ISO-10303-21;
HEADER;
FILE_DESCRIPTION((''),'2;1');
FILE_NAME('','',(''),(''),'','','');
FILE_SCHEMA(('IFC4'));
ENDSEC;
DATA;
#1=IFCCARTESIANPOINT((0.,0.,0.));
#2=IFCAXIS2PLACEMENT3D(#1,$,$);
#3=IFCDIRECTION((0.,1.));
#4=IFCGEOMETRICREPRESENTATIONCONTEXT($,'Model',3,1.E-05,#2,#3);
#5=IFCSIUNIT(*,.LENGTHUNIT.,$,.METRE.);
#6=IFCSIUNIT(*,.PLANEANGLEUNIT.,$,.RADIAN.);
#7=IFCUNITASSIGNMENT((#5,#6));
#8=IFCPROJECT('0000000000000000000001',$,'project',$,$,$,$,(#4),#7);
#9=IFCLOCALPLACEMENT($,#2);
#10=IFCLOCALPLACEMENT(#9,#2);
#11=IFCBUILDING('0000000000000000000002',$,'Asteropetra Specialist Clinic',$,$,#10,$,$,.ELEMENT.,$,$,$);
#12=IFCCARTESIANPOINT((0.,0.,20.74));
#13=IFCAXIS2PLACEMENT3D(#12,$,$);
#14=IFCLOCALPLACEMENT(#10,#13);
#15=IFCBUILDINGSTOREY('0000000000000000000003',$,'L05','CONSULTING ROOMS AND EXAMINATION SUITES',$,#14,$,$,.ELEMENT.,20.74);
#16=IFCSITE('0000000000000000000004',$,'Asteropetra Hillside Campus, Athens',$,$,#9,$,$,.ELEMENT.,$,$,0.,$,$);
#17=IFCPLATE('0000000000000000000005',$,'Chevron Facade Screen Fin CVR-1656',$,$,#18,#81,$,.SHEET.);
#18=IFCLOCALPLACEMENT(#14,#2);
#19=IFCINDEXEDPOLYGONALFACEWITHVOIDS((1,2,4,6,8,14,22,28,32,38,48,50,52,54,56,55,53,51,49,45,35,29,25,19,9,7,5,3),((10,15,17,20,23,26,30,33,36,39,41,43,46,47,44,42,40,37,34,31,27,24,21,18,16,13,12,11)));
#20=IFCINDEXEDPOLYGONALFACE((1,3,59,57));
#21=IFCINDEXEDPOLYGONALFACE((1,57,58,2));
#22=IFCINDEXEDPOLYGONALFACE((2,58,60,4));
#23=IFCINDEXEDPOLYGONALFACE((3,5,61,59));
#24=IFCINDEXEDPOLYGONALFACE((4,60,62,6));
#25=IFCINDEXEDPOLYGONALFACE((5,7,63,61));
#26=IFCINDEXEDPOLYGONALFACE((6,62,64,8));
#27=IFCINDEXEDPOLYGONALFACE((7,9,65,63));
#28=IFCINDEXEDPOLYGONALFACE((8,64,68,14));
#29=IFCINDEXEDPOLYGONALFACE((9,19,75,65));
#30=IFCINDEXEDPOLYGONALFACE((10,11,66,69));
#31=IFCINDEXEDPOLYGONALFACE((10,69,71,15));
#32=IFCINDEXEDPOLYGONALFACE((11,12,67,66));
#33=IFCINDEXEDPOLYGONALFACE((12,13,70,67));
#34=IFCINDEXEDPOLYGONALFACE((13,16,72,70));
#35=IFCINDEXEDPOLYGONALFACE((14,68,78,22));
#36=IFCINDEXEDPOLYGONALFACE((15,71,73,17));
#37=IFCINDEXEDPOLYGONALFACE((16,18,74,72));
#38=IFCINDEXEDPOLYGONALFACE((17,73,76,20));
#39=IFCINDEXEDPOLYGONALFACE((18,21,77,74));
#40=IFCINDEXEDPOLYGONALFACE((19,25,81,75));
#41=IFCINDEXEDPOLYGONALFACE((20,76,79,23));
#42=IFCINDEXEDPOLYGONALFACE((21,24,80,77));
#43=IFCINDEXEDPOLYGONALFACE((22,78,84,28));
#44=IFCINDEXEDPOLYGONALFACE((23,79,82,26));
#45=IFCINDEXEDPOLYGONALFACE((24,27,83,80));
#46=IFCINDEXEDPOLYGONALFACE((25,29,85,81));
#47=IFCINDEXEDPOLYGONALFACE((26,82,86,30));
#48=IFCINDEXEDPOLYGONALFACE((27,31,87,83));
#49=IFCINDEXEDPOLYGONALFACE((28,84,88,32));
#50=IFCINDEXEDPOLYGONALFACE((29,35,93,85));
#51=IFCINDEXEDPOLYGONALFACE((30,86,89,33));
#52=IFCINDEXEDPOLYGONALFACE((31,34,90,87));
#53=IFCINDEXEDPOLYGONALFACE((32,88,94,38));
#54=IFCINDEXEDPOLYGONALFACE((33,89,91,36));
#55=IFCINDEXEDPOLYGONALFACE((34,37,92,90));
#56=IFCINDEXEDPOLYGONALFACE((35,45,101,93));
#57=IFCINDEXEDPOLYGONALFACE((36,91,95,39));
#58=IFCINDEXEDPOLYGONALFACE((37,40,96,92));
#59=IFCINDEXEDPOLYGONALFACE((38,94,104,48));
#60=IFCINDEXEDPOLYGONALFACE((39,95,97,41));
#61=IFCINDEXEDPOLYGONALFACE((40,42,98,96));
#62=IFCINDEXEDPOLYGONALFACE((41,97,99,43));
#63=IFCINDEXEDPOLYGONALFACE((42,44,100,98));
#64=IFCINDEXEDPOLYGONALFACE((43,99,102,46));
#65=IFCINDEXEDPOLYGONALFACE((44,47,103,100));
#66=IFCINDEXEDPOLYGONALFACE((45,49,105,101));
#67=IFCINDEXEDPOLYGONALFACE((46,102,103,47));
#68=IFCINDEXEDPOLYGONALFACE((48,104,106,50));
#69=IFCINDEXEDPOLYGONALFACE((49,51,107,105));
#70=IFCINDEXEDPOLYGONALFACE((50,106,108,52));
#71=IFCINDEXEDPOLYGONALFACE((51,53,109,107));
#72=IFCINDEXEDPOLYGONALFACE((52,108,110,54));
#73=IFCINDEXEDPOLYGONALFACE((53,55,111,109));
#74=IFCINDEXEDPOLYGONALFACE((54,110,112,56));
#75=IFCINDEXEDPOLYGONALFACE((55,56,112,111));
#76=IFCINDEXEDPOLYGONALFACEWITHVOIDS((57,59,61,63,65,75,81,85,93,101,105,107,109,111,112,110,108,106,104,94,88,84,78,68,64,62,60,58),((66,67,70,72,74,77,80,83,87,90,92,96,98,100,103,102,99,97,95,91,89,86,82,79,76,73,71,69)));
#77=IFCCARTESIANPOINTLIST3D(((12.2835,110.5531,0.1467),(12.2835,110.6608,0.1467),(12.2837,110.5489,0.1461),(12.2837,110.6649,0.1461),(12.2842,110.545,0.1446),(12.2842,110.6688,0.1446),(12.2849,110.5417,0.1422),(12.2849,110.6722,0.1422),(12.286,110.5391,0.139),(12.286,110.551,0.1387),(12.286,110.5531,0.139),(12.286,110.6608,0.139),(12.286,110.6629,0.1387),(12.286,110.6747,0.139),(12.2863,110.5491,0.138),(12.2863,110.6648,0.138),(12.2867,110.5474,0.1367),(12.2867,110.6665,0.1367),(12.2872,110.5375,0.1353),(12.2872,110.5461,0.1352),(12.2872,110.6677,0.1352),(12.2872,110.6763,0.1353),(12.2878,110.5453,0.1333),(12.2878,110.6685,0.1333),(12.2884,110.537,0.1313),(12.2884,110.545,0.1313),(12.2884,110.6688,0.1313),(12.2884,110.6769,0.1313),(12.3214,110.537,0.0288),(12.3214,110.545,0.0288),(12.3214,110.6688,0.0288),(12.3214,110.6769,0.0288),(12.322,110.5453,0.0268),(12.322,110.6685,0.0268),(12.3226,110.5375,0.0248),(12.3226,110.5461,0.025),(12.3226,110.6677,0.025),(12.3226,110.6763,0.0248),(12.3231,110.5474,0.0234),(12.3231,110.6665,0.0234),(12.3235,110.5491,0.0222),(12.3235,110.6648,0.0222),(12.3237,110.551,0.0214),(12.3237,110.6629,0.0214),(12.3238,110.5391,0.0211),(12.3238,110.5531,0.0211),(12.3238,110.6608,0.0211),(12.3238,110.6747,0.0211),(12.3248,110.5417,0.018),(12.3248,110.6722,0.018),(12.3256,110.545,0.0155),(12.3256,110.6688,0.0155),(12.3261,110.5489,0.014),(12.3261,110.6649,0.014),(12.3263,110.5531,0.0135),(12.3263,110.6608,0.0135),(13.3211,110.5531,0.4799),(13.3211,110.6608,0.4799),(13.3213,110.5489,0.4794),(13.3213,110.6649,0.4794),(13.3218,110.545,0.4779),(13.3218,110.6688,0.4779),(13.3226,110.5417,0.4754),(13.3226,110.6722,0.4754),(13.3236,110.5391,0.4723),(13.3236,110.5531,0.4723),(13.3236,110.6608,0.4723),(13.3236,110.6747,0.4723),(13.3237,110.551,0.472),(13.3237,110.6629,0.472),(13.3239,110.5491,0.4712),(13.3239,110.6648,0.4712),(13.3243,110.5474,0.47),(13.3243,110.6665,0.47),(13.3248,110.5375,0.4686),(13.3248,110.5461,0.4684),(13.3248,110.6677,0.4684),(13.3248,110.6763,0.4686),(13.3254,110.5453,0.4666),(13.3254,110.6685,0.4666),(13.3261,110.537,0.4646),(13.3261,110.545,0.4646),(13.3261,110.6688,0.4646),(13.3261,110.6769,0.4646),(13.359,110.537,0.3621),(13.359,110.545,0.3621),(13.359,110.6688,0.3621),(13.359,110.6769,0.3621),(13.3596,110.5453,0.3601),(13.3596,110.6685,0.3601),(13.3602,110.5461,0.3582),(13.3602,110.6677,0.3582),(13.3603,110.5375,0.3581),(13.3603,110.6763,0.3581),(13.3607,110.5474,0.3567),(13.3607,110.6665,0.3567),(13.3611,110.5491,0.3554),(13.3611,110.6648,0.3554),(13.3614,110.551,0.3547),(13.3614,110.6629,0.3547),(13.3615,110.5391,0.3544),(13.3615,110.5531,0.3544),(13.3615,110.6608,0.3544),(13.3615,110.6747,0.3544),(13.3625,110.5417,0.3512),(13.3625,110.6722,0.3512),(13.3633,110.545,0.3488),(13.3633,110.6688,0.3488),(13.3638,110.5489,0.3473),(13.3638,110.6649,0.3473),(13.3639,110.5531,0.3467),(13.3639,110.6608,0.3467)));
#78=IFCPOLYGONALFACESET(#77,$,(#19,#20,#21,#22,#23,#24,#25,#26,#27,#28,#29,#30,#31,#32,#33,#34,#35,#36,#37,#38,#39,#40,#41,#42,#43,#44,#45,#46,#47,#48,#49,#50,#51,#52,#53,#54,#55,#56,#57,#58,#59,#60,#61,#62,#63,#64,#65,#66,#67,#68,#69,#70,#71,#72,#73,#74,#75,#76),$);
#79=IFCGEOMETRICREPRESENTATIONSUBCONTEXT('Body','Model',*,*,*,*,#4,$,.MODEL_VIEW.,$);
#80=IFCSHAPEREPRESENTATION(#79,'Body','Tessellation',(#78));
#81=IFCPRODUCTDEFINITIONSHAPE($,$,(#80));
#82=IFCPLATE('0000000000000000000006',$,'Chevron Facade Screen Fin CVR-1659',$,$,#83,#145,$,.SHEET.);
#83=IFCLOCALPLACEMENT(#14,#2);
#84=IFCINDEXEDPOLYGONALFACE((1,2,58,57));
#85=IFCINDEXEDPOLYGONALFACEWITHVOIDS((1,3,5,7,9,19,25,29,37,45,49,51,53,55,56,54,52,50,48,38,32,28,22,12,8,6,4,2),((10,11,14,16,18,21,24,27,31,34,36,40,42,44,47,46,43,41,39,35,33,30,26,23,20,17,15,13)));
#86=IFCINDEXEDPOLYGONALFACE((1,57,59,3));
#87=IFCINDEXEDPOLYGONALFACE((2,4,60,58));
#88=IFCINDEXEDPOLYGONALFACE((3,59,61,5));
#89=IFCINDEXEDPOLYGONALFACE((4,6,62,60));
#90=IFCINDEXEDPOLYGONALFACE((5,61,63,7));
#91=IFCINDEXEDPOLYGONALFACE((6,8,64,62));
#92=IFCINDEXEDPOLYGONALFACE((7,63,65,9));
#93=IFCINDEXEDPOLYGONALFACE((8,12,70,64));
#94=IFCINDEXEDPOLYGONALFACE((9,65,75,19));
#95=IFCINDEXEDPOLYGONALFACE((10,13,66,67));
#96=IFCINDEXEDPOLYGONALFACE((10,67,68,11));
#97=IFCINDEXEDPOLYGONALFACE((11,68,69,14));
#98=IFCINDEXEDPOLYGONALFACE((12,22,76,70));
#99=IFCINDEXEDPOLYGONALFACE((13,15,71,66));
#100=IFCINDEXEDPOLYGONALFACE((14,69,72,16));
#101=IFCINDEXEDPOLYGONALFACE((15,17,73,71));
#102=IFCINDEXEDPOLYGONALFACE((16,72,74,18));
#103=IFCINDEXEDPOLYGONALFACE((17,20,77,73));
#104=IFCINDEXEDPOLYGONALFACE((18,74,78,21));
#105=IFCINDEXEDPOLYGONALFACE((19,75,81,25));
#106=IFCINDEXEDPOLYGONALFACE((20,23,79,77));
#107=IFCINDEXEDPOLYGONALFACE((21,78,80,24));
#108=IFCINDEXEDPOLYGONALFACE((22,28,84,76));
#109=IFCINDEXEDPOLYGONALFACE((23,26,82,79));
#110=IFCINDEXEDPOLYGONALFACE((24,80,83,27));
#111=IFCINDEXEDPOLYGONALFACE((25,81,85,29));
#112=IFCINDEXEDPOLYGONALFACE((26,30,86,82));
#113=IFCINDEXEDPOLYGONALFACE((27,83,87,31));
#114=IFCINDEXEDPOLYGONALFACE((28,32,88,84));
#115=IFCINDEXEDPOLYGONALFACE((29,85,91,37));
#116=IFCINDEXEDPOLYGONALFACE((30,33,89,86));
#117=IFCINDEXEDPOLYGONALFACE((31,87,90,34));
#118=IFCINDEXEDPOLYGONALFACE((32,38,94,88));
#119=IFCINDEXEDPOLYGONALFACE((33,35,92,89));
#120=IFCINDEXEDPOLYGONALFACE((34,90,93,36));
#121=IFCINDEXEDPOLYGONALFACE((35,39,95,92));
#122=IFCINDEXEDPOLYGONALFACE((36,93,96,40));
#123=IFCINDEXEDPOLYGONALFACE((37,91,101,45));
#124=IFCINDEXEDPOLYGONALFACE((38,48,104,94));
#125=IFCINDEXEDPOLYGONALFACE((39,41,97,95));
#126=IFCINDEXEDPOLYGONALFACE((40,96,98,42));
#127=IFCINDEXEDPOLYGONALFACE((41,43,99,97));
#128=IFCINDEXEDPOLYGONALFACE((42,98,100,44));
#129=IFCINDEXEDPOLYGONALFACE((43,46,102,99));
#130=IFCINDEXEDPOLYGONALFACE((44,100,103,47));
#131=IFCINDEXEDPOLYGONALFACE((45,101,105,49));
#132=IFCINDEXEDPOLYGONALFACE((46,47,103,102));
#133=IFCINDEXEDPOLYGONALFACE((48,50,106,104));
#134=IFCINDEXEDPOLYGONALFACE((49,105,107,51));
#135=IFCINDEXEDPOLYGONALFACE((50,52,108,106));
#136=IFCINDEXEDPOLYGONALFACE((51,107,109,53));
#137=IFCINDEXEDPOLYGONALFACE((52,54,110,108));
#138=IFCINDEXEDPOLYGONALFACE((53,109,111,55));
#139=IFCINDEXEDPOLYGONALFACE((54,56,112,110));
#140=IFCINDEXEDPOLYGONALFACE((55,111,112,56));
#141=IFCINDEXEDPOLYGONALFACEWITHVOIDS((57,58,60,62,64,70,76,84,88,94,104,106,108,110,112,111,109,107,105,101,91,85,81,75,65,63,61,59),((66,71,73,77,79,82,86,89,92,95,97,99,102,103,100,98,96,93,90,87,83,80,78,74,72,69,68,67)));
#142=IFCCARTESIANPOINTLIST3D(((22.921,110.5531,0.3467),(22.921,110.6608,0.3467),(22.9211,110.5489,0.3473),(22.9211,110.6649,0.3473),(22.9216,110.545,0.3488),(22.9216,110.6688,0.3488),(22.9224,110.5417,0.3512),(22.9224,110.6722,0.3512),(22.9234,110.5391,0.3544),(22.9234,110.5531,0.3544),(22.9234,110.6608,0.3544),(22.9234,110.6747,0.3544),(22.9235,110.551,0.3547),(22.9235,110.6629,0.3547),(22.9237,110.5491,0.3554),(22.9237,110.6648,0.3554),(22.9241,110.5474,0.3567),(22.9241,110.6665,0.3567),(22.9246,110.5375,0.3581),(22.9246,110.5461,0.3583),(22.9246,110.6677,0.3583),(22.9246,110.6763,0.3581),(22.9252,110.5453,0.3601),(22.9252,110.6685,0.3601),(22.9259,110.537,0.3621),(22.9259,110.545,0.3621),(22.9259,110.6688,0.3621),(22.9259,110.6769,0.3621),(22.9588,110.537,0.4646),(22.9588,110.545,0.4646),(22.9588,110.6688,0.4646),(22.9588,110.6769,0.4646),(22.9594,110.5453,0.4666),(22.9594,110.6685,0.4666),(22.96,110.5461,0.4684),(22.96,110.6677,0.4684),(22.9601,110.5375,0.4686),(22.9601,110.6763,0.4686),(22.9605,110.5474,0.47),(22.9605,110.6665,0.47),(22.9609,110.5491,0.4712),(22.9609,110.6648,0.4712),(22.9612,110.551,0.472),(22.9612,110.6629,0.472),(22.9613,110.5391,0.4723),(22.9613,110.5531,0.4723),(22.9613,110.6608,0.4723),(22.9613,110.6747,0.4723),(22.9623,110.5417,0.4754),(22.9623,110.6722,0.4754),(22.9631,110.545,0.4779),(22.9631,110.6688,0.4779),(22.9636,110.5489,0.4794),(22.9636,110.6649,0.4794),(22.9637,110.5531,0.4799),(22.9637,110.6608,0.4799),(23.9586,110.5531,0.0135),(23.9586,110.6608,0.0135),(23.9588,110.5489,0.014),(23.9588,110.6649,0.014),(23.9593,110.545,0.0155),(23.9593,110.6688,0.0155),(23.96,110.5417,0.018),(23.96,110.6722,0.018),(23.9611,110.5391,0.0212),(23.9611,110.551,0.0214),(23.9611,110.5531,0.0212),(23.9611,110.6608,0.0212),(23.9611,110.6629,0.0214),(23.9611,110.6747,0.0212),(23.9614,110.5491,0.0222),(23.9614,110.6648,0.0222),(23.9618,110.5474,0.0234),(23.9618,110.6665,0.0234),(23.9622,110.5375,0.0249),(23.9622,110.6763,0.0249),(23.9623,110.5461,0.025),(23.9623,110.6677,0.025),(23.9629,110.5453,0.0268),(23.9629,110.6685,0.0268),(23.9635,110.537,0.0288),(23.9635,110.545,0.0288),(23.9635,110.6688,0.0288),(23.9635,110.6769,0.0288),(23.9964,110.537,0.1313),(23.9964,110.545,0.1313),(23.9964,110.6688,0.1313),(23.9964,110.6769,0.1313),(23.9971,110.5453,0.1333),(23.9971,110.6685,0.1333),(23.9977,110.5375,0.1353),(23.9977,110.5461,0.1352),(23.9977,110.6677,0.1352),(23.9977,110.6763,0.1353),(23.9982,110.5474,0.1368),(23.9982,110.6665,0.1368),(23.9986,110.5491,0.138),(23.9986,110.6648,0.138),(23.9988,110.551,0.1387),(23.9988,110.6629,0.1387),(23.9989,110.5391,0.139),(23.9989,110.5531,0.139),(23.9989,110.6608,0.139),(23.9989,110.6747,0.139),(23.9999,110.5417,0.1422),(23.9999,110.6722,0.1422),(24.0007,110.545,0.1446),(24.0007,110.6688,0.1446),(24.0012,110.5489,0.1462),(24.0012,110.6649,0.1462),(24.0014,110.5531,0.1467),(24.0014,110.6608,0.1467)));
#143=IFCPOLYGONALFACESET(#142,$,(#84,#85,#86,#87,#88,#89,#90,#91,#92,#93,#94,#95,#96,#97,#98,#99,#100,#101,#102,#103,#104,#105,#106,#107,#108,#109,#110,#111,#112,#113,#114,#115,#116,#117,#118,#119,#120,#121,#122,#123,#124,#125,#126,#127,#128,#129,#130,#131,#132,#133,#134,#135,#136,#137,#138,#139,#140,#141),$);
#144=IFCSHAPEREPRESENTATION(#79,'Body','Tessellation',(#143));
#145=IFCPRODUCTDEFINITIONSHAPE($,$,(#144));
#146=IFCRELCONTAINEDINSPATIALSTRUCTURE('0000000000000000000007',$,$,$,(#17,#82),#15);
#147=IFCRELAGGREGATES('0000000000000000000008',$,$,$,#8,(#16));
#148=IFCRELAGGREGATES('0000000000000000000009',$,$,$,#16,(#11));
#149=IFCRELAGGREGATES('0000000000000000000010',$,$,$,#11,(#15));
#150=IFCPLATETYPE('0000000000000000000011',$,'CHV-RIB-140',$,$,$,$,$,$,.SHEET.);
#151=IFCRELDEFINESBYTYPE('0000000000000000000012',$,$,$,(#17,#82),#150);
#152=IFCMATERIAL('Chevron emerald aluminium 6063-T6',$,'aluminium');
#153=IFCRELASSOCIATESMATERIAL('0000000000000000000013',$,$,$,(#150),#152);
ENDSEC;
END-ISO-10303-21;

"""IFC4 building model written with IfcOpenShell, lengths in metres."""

from ifc_helpers import new_model, si_unit, direction, frame, origin, origin_2d, place, context, subcontext, project, spatial, hollow_rectangle, extrude, material, material_profile, profile_set, type_object, element, save


model = new_model("IFC4")

# Units and contexts
model_context = context("Model", 3, precision=1e-05, world=origin(), true_north=direction((0.0, 1.0)))
body_context = subcontext(model_context, "Body", "Model", "MODEL_VIEW")
ifc_project = project(units=[si_unit("LENGTHUNIT", "METRE"), si_unit("PLANEANGLEUNIT", "RADIAN")], contexts=[model_context])

# Site, building, storey
site_placement = place(None, origin())
site = spatial("IfcSite", under=ifc_project, at=site_placement, Name="Asteropetra Hillside Campus, Athens", CompositionType="ELEMENT", RefElevation=0.0)
building_placement = place(site_placement, origin())
building = spatial("IfcBuilding", under=site, at=building_placement, Name="Asteropetra Specialist Clinic", CompositionType="ELEMENT")
storey_placement = place(building_placement, frame((0.0, 0.0, 20.74)))
storey = spatial("IfcBuildingStorey", under=building, at=storey_placement, Name="L05", Description="CONSULTING ROOMS AND EXAMINATION SUITES", CompositionType="ELEMENT", Elevation=20.74)

# Plates
ifc_material_1 = material(Name="Chevron emerald aluminium 6063-T6", Category="aluminium")
ifc_material_profile_1 = material_profile(ifc_material_1, hollow_rectangle(XDim=0.1399, YDim=0.1399, WallThickness=0.0081, InnerFilletRadius=0.0081, OuterFilletRadius=0.0161, at=origin_2d()), Name="SHS 140x140x8.0")
ifc_profile_set_1 = profile_set([ifc_material_profile_1], Name="Chevron emerald aluminium 6063-T6")
plate_type = type_object("IfcPlateType", Name="CHV-RIB-140", PredefinedType="SHEET", material=ifc_profile_set_1)
for number, where, z_axis, x_axis, name in (
    (1, (13.3425, 110.6069, 0.4133), (-0.952098, 0.0, -0.305792), (0.0, -1.0, 0.0), "Chevron Facade Screen Fin CVR-1656"),
    (2, (23.98, 110.6069, 0.0801), (-0.952098, 0.0, 0.305792), (0.0, -1.0, 0.0), "Chevron Facade Screen Fin CVR-1659"),
):
    element("IfcPlate", number, at=place(storey_placement, frame(where, z_axis=z_axis, x_axis=x_axis)), inside=storey, type_object=plate_type, Name=name, PredefinedType="SHEET", context=body_context, shape_type="SweptSolid", body=[
        extrude(hollow_rectangle(XDim=0.1399, YDim=0.1399, WallThickness=0.0081, InnerFilletRadius=0.0081, OuterFilletRadius=0.0161, at=origin_2d()), origin(), (0.0, 0.0, 1.0), 1.0898),
    ])

save(model, "model.ifc")
